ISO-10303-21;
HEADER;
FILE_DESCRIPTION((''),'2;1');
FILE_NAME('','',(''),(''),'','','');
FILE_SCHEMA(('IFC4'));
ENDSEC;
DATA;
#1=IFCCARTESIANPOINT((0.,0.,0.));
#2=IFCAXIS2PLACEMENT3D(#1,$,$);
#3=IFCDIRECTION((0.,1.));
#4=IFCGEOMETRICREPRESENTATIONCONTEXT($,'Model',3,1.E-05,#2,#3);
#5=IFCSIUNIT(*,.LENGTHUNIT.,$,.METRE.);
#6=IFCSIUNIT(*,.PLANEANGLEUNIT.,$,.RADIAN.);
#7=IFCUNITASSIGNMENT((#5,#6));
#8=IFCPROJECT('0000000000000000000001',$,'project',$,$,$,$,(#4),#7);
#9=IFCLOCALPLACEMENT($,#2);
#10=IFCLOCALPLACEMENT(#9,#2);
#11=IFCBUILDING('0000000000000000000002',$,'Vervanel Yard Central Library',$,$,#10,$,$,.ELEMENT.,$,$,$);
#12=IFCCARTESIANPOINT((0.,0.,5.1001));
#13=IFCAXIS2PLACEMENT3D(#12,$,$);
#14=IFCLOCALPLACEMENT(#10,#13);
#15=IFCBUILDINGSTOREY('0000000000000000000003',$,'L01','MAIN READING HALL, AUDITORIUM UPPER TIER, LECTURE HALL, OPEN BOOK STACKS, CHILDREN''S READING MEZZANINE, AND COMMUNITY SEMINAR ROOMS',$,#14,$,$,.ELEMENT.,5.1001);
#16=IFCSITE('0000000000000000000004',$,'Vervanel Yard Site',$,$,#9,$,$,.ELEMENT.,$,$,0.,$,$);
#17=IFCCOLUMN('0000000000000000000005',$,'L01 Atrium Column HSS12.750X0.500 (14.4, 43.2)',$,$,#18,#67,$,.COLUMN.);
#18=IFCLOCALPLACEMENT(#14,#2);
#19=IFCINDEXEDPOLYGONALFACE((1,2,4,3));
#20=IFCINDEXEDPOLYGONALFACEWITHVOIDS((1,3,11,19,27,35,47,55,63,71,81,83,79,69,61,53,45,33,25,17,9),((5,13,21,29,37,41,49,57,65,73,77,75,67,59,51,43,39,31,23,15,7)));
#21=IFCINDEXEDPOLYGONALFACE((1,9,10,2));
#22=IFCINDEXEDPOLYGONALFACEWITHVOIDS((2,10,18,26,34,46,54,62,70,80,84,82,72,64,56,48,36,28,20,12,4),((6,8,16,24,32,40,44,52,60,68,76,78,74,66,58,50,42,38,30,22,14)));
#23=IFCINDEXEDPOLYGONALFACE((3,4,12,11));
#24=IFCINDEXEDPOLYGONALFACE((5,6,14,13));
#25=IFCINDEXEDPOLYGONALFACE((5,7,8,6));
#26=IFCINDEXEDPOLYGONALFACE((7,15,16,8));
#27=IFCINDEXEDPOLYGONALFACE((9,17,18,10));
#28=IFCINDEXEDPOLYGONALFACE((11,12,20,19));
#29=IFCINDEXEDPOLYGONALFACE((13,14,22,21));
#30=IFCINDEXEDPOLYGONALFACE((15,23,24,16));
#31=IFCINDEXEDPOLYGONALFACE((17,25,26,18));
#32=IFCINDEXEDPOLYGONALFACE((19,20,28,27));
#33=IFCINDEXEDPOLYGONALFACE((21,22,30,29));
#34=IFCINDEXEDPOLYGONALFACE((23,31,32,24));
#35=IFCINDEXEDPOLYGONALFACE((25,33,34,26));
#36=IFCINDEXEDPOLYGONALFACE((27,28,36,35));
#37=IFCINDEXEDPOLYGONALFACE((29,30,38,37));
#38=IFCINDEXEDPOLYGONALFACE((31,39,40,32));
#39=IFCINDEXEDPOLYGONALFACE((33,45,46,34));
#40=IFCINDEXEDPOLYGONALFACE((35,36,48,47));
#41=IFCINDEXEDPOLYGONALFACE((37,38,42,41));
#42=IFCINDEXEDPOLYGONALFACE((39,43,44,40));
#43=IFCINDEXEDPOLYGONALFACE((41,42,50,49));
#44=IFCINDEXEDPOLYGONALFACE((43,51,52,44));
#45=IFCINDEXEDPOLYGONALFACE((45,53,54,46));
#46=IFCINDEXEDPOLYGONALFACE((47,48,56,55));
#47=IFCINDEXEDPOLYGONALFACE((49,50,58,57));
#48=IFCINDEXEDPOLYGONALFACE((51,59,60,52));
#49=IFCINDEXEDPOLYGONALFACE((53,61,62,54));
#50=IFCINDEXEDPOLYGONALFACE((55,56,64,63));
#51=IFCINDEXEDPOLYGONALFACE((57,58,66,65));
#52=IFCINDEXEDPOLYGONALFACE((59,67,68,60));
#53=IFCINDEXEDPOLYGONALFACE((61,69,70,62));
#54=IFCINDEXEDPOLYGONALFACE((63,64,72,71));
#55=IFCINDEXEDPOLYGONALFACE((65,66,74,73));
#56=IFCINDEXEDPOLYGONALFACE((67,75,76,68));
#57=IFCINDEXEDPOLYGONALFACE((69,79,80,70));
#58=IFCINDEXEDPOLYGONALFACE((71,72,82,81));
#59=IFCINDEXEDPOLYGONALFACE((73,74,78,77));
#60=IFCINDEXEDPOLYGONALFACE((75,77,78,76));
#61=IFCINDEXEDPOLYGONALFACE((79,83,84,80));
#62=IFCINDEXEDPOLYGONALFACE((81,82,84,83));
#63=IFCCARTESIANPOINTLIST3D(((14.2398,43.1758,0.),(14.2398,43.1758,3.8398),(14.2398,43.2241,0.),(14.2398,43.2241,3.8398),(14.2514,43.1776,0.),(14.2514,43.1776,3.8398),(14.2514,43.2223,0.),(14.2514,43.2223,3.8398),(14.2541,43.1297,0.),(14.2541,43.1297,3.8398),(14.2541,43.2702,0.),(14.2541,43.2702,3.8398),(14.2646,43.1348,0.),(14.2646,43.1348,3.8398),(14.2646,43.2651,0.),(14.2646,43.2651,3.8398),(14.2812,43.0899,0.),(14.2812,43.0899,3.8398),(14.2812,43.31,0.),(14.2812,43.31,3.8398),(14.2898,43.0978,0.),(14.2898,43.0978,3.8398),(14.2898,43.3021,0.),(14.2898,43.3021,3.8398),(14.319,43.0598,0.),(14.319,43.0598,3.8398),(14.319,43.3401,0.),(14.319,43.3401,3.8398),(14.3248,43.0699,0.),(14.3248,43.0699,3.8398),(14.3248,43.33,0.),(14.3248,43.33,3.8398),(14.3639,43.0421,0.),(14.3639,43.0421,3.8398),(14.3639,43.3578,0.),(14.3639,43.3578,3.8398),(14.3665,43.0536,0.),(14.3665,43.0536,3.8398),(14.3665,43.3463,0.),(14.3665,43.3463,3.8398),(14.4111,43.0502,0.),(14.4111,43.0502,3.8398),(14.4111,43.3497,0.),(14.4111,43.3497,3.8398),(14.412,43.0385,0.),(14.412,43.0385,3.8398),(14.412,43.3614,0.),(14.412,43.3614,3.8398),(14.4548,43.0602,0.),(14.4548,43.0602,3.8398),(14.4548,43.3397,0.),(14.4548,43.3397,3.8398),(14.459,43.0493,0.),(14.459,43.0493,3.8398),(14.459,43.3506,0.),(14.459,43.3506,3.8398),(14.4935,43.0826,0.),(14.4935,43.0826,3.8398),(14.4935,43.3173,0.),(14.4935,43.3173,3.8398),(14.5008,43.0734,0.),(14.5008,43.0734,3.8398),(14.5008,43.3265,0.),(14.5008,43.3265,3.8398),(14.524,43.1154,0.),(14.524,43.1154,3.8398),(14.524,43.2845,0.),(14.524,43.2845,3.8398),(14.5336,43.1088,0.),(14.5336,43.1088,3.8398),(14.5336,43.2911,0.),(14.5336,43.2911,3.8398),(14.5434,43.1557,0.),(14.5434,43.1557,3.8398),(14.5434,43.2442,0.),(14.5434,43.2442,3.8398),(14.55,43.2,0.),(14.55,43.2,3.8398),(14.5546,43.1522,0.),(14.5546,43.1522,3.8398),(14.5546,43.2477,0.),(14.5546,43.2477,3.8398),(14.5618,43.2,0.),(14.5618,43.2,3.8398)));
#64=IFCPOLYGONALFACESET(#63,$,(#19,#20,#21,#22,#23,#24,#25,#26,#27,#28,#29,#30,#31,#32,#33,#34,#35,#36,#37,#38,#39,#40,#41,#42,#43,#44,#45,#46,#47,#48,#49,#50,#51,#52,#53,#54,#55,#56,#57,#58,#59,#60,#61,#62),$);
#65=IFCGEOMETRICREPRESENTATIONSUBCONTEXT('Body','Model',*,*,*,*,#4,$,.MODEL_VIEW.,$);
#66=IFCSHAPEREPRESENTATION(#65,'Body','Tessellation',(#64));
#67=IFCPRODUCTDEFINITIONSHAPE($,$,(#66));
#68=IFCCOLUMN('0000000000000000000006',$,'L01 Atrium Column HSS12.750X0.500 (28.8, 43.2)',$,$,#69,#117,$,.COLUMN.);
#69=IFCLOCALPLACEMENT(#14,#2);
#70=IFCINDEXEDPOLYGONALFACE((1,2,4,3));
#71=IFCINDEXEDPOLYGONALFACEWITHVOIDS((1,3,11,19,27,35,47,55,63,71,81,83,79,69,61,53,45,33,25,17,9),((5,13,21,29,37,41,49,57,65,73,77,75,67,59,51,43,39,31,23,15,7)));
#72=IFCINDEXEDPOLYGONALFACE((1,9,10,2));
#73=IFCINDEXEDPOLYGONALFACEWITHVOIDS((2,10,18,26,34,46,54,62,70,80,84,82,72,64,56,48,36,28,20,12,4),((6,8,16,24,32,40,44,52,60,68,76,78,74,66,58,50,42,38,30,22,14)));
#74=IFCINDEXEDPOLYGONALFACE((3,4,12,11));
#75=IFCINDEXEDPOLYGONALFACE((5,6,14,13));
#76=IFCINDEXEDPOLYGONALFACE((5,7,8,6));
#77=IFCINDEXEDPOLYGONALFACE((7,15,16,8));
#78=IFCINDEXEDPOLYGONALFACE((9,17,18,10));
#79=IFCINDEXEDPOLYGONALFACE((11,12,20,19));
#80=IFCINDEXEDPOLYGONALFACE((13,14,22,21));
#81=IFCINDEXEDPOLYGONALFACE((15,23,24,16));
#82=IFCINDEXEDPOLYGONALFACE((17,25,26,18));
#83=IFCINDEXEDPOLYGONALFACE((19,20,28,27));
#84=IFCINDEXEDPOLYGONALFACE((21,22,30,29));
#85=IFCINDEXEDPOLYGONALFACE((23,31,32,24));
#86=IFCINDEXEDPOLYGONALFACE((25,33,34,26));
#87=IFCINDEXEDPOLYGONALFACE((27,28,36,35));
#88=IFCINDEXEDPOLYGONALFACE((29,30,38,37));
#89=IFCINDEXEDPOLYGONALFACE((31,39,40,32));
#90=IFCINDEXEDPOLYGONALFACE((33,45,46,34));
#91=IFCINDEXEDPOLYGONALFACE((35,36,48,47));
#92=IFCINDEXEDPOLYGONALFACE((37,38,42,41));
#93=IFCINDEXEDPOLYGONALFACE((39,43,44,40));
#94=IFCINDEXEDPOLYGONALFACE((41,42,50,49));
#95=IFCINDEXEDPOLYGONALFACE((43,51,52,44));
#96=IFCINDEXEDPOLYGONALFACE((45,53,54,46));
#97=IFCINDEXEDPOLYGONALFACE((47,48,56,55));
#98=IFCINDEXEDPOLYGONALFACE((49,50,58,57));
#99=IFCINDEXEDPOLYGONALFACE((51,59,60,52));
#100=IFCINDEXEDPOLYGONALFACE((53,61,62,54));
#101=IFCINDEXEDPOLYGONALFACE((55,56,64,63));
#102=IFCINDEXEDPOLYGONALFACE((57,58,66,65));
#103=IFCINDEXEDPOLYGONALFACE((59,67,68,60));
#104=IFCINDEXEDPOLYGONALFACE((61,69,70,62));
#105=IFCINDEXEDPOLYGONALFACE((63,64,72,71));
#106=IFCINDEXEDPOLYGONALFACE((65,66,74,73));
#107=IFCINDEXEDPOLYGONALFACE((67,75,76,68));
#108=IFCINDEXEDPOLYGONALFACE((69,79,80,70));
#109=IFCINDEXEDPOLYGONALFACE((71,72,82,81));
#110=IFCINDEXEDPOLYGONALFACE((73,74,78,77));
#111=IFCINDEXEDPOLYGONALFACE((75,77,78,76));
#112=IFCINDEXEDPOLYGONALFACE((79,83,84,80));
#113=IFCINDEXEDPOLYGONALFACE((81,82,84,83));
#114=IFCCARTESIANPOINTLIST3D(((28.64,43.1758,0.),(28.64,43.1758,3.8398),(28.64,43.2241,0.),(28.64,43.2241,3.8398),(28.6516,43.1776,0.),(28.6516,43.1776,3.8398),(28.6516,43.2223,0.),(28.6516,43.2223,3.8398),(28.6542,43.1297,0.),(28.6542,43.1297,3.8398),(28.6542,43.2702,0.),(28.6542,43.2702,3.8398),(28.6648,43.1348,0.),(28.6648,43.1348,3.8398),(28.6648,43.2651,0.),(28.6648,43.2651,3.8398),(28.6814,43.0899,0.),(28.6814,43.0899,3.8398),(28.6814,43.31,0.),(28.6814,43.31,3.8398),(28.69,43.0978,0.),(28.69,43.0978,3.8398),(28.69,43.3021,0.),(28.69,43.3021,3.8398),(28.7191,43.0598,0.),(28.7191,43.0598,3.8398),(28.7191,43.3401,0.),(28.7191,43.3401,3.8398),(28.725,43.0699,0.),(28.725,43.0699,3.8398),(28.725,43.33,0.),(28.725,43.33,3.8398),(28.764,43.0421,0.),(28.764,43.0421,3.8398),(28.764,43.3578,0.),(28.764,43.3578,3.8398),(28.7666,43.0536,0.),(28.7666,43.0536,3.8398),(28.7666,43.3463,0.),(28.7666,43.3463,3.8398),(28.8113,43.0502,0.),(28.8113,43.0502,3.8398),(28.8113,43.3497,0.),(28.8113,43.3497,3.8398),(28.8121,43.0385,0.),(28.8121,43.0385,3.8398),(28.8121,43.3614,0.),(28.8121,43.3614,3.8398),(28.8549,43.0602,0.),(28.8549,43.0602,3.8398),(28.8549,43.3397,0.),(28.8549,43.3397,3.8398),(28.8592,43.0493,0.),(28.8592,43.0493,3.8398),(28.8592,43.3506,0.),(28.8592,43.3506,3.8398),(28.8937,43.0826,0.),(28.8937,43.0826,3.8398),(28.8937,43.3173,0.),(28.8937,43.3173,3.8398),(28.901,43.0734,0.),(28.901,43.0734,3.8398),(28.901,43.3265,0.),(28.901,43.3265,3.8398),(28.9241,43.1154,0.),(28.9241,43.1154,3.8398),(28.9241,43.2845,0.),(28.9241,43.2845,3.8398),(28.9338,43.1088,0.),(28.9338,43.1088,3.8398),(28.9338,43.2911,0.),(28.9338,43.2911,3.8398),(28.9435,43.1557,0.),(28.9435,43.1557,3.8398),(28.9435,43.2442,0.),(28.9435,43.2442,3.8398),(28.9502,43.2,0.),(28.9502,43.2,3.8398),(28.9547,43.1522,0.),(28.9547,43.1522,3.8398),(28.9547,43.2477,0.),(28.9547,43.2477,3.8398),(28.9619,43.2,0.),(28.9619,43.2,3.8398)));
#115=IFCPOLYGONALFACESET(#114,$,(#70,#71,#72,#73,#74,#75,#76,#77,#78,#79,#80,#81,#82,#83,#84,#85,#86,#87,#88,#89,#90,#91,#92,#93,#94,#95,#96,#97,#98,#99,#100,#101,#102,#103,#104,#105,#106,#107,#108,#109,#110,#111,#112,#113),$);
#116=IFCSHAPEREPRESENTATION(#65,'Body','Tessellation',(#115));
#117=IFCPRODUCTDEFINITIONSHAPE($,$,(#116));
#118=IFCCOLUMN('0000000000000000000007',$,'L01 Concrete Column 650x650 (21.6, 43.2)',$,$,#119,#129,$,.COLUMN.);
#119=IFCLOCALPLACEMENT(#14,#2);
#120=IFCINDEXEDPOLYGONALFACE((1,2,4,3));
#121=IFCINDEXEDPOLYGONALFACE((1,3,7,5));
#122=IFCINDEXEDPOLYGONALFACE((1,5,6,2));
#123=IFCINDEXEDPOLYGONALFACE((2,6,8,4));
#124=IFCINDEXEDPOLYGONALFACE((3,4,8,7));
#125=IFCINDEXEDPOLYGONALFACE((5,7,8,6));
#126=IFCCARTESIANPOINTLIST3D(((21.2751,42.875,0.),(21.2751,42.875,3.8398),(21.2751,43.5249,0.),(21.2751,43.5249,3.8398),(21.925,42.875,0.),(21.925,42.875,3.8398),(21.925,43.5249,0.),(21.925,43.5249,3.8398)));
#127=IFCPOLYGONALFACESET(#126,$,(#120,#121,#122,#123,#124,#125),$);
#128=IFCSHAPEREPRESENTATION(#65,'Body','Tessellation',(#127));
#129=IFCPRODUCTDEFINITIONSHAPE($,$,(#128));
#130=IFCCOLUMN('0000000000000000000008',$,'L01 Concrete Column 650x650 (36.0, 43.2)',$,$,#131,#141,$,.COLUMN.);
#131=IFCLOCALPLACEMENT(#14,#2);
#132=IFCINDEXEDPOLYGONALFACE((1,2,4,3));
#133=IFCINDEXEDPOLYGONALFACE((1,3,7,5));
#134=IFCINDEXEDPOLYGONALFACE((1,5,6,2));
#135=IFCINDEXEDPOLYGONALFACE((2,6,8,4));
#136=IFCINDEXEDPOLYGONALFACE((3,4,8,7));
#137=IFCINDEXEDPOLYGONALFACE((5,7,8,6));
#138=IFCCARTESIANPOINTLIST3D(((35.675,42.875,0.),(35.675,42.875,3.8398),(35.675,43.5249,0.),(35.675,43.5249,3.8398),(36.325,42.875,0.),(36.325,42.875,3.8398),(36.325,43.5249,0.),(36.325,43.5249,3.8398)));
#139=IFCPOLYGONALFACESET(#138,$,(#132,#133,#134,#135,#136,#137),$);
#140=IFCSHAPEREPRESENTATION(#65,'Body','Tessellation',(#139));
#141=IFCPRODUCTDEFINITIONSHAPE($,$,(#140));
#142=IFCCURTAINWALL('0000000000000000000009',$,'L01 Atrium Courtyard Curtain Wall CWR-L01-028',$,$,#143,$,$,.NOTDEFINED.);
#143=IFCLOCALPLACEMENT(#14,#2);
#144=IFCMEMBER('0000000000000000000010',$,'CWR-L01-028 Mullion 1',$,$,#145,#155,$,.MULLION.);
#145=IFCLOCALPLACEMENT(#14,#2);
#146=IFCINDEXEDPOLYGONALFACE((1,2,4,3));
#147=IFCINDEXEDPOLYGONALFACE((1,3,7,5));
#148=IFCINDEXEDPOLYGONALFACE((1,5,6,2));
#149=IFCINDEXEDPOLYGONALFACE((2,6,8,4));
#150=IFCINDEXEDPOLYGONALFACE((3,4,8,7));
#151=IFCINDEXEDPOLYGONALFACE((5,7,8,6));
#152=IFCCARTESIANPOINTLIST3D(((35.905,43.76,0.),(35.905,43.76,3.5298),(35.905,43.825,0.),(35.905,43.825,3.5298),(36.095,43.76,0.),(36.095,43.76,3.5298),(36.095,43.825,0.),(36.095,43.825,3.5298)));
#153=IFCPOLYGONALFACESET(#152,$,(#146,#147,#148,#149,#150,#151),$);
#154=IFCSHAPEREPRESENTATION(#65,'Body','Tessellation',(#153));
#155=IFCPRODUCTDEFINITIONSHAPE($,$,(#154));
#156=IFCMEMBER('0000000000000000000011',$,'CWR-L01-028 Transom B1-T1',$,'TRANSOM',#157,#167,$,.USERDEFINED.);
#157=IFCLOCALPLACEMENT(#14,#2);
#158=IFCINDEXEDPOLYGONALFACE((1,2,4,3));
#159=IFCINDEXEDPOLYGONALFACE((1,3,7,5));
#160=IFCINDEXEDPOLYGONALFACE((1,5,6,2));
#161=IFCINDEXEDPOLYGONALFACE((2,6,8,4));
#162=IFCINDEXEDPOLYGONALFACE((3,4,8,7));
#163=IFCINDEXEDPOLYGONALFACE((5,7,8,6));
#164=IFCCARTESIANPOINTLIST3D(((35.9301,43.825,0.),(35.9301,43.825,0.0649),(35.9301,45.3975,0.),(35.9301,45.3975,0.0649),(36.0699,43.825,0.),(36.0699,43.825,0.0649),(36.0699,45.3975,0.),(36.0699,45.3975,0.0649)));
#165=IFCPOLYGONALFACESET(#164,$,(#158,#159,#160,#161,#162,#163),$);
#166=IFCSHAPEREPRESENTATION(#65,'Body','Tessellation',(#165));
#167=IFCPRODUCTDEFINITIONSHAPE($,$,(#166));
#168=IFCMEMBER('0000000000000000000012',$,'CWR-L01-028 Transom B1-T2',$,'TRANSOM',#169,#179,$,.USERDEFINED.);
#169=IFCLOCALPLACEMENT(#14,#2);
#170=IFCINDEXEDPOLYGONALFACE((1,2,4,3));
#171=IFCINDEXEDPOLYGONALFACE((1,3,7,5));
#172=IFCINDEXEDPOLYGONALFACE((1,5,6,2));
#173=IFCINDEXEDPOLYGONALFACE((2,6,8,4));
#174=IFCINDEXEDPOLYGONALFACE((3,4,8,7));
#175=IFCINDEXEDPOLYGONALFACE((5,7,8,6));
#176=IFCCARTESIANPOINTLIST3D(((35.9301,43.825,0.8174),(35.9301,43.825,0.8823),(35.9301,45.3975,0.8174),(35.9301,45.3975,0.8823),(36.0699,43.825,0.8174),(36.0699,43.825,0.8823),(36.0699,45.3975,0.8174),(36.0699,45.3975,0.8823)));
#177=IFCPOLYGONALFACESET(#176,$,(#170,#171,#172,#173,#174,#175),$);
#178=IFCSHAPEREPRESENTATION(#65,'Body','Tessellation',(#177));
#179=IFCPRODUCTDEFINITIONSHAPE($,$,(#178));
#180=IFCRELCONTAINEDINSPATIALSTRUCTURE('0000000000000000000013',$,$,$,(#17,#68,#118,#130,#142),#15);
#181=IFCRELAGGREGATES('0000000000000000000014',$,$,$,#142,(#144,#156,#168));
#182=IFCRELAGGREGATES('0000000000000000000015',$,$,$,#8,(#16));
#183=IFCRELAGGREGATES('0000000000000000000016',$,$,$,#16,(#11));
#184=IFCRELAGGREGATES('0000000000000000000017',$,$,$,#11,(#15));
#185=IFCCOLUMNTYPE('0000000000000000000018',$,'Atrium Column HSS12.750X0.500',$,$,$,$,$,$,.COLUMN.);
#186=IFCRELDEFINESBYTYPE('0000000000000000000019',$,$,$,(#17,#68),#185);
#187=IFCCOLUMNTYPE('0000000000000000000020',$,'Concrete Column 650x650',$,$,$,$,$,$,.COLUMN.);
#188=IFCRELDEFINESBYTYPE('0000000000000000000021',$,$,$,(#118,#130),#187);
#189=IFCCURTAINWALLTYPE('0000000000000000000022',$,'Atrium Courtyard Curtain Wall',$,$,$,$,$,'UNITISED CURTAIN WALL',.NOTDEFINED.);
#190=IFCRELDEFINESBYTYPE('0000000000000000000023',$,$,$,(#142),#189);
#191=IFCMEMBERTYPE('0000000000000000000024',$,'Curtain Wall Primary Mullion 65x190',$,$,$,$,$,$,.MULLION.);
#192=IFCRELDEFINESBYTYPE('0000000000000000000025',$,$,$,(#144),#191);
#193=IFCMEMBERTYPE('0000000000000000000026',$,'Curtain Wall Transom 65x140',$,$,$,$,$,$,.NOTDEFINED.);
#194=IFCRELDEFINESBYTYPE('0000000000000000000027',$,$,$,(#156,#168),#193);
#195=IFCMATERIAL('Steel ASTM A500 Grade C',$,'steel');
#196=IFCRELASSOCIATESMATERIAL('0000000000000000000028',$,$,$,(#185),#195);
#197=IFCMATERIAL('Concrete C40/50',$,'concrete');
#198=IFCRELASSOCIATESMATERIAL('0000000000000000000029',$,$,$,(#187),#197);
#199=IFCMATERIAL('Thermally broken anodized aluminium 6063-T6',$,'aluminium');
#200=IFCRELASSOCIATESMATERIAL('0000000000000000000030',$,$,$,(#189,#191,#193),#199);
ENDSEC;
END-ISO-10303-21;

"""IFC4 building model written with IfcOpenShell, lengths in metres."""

from ifc_helpers import new_model, si_unit, direction, frame, origin, origin_2d, place, context, subcontext, project, spatial, rectangle, hollow_circle, extrude, material, material_profile, profile_set, type_object, element, aggregate, save


model = new_model("IFC4")

# Units and contexts
model_context = context("Model", 3, precision=1e-05, world=origin(), true_north=direction((0.0, 1.0)))
body_context = subcontext(model_context, "Body", "Model", "MODEL_VIEW")
ifc_project = project(units=[si_unit("LENGTHUNIT", "METRE"), si_unit("PLANEANGLEUNIT", "RADIAN")], contexts=[model_context])

# Site, building, storey
site_placement = place(None, origin())
site = spatial("IfcSite", under=ifc_project, at=site_placement, Name="Vervanel Yard Site", CompositionType="ELEMENT", RefElevation=0.0)
building_placement = place(site_placement, origin())
building = spatial("IfcBuilding", under=site, at=building_placement, Name="Vervanel Yard Central Library", CompositionType="ELEMENT")
storey_placement = place(building_placement, frame((0.0, 0.0, 5.1001)))
storey = spatial("IfcBuildingStorey", under=building, at=storey_placement, Name="L01", Description="MAIN READING HALL, AUDITORIUM UPPER TIER, LECTURE HALL, OPEN BOOK STACKS, CHILDREN'S READING MEZZANINE, AND COMMUNITY SEMINAR ROOMS", CompositionType="ELEMENT", Elevation=5.1001)

# Columns
ifc_material_1 = material(Name="Steel ASTM A500 Grade C", Category="steel")
ifc_material_profile_1 = material_profile(ifc_material_1, hollow_circle(Radius=0.1619, WallThickness=0.0117, at=origin_2d()), Name="HSS12.750X0.500", Category="steel")
ifc_profile_set_1 = profile_set([ifc_material_profile_1], Name="Steel ASTM A500 Grade C")
column_type_1 = type_object("IfcColumnType", Name="Atrium Column HSS12.750X0.500", PredefinedType="COLUMN", material=ifc_profile_set_1)
for number, where, z_axis, x_axis, name in (
    (1, (14.3999, 43.2, 0.0), (0.0, 0.0, 1.0), (1.0, 0.0, 0.0), "L01 Atrium Column HSS12.750X0.500 (14.4, 43.2)"),
    (2, (28.8, 43.2, 0.0), (0.0, 0.0, 1.0), (1.0, 0.0, 0.0), "L01 Atrium Column HSS12.750X0.500 (28.8, 43.2)"),
):
    element("IfcColumn", number, at=place(storey_placement, frame(where, z_axis=z_axis, x_axis=x_axis)), inside=storey, type_object=column_type_1, Name=name, PredefinedType="COLUMN", context=body_context, shape_type="SweptSolid", body=[
        extrude(hollow_circle(Radius=0.1619, WallThickness=0.0117, at=origin_2d()), origin(), (0.0, 0.0, 1.0), 3.8398),
    ])
ifc_material_2 = material(Name="Concrete C40/50", Category="concrete")
ifc_material_profile_2 = material_profile(ifc_material_2, rectangle(XDim=0.6499, YDim=0.6499, at=origin_2d()), Name="RC 650x650", Category="concrete")
ifc_profile_set_2 = profile_set([ifc_material_profile_2], Name="Concrete C40/50")
column_type_2 = type_object("IfcColumnType", Name="Concrete Column 650x650", PredefinedType="COLUMN", material=ifc_profile_set_2)
for number, where, z_axis, x_axis, name in (
    (3, (21.6001, 43.2, 0.0), (0.0, 0.0, 1.0), (1.0, 0.0, 0.0), "L01 Concrete Column 650x650 (21.6, 43.2)"),
    (4, (36.0, 43.2, 0.0), (0.0, 0.0, 1.0), (1.0, 0.0, 0.0), "L01 Concrete Column 650x650 (36.0, 43.2)"),
):
    element("IfcColumn", number, at=place(storey_placement, frame(where, z_axis=z_axis, x_axis=x_axis)), inside=storey, type_object=column_type_2, Name=name, PredefinedType="COLUMN", context=body_context, shape_type="SweptSolid", body=[
        extrude(rectangle(XDim=0.6499, YDim=0.6499, at=origin_2d()), origin(), (0.0, 0.0, 1.0), 3.8398),
    ])

# Curtain wall, members
ifc_material_3 = material(Name="Thermally broken anodized aluminium 6063-T6", Category="aluminium")
curtain_wall_type = type_object("IfcCurtainWallType", Name="Atrium Courtyard Curtain Wall", ElementType="UNITISED CURTAIN WALL", PredefinedType="NOTDEFINED", material=ifc_material_3)
curtain_wall_placement = place(storey_placement, origin())
curtain_wall = element("IfcCurtainWall", 5, at=curtain_wall_placement, inside=storey, type_object=curtain_wall_type, Name="L01 Atrium Courtyard Curtain Wall CWR-L01-028", PredefinedType="NOTDEFINED")
ifc_material_profile_3 = material_profile(ifc_material_3, rectangle(XDim=0.0649, YDim=0.1899, at=origin_2d()), Name="ALU 65x190", Category="aluminium")
ifc_profile_set_3 = profile_set([ifc_material_profile_3], Name="Thermally broken anodized aluminium 6063-T6")
member_type_1 = type_object("IfcMemberType", Name="Curtain Wall Primary Mullion 65x190", PredefinedType="MULLION", material=ifc_profile_set_3)
member_1_placement = place(storey_placement, frame((36.0, 43.7925, 0.0), z_axis=(0.0, 0.0, 1.0), x_axis=(0.0, 1.0, 0.0)))
member_1 = element("IfcMember", 6, at=member_1_placement, type_object=member_type_1, Name="CWR-L01-028 Mullion 1", PredefinedType="MULLION", context=body_context, shape_type="SweptSolid", body=[
    extrude(rectangle(XDim=0.0649, YDim=0.1899, at=origin_2d()), origin(), (0.0, 0.0, 1.0), 3.5298),
])
ifc_material_profile_4 = material_profile(ifc_material_3, rectangle(XDim=0.0649, YDim=0.1399, at=origin_2d()), Name="ALU 65x140", Category="aluminium")
ifc_profile_set_4 = profile_set([ifc_material_profile_4], Name="Thermally broken anodized aluminium 6063-T6")
member_type_2 = type_object("IfcMemberType", Name="Curtain Wall Transom 65x140", PredefinedType="NOTDEFINED", material=ifc_profile_set_4)
member_2_placement = place(storey_placement, frame((36.0, 43.825, 0.0325), z_axis=(0.0, 1.0, 0.0), x_axis=(0.0, 0.0, 1.0)))
member_2 = element("IfcMember", 7, at=member_2_placement, type_object=member_type_2, Name="CWR-L01-028 Transom B1-T1", ObjectType="TRANSOM", PredefinedType="USERDEFINED", context=body_context, shape_type="SweptSolid", body=[
    extrude(rectangle(XDim=0.0649, YDim=0.1399, at=origin_2d()), origin(), (0.0, 0.0, 1.0), 1.5725),
])
member_3_placement = place(storey_placement, frame((36.0, 43.825, 0.8499), z_axis=(0.0, 1.0, 0.0), x_axis=(0.0, 0.0, 1.0)))
member_3 = element("IfcMember", 8, at=member_3_placement, type_object=member_type_2, Name="CWR-L01-028 Transom B1-T2", ObjectType="TRANSOM", PredefinedType="USERDEFINED", context=body_context, shape_type="SweptSolid", body=[
    extrude(rectangle(XDim=0.0649, YDim=0.1399, at=origin_2d()), origin(), (0.0, 0.0, 1.0), 1.5725),
])
aggregate(curtain_wall, [member_1, member_2, member_3])

save(model, "model.ifc")
